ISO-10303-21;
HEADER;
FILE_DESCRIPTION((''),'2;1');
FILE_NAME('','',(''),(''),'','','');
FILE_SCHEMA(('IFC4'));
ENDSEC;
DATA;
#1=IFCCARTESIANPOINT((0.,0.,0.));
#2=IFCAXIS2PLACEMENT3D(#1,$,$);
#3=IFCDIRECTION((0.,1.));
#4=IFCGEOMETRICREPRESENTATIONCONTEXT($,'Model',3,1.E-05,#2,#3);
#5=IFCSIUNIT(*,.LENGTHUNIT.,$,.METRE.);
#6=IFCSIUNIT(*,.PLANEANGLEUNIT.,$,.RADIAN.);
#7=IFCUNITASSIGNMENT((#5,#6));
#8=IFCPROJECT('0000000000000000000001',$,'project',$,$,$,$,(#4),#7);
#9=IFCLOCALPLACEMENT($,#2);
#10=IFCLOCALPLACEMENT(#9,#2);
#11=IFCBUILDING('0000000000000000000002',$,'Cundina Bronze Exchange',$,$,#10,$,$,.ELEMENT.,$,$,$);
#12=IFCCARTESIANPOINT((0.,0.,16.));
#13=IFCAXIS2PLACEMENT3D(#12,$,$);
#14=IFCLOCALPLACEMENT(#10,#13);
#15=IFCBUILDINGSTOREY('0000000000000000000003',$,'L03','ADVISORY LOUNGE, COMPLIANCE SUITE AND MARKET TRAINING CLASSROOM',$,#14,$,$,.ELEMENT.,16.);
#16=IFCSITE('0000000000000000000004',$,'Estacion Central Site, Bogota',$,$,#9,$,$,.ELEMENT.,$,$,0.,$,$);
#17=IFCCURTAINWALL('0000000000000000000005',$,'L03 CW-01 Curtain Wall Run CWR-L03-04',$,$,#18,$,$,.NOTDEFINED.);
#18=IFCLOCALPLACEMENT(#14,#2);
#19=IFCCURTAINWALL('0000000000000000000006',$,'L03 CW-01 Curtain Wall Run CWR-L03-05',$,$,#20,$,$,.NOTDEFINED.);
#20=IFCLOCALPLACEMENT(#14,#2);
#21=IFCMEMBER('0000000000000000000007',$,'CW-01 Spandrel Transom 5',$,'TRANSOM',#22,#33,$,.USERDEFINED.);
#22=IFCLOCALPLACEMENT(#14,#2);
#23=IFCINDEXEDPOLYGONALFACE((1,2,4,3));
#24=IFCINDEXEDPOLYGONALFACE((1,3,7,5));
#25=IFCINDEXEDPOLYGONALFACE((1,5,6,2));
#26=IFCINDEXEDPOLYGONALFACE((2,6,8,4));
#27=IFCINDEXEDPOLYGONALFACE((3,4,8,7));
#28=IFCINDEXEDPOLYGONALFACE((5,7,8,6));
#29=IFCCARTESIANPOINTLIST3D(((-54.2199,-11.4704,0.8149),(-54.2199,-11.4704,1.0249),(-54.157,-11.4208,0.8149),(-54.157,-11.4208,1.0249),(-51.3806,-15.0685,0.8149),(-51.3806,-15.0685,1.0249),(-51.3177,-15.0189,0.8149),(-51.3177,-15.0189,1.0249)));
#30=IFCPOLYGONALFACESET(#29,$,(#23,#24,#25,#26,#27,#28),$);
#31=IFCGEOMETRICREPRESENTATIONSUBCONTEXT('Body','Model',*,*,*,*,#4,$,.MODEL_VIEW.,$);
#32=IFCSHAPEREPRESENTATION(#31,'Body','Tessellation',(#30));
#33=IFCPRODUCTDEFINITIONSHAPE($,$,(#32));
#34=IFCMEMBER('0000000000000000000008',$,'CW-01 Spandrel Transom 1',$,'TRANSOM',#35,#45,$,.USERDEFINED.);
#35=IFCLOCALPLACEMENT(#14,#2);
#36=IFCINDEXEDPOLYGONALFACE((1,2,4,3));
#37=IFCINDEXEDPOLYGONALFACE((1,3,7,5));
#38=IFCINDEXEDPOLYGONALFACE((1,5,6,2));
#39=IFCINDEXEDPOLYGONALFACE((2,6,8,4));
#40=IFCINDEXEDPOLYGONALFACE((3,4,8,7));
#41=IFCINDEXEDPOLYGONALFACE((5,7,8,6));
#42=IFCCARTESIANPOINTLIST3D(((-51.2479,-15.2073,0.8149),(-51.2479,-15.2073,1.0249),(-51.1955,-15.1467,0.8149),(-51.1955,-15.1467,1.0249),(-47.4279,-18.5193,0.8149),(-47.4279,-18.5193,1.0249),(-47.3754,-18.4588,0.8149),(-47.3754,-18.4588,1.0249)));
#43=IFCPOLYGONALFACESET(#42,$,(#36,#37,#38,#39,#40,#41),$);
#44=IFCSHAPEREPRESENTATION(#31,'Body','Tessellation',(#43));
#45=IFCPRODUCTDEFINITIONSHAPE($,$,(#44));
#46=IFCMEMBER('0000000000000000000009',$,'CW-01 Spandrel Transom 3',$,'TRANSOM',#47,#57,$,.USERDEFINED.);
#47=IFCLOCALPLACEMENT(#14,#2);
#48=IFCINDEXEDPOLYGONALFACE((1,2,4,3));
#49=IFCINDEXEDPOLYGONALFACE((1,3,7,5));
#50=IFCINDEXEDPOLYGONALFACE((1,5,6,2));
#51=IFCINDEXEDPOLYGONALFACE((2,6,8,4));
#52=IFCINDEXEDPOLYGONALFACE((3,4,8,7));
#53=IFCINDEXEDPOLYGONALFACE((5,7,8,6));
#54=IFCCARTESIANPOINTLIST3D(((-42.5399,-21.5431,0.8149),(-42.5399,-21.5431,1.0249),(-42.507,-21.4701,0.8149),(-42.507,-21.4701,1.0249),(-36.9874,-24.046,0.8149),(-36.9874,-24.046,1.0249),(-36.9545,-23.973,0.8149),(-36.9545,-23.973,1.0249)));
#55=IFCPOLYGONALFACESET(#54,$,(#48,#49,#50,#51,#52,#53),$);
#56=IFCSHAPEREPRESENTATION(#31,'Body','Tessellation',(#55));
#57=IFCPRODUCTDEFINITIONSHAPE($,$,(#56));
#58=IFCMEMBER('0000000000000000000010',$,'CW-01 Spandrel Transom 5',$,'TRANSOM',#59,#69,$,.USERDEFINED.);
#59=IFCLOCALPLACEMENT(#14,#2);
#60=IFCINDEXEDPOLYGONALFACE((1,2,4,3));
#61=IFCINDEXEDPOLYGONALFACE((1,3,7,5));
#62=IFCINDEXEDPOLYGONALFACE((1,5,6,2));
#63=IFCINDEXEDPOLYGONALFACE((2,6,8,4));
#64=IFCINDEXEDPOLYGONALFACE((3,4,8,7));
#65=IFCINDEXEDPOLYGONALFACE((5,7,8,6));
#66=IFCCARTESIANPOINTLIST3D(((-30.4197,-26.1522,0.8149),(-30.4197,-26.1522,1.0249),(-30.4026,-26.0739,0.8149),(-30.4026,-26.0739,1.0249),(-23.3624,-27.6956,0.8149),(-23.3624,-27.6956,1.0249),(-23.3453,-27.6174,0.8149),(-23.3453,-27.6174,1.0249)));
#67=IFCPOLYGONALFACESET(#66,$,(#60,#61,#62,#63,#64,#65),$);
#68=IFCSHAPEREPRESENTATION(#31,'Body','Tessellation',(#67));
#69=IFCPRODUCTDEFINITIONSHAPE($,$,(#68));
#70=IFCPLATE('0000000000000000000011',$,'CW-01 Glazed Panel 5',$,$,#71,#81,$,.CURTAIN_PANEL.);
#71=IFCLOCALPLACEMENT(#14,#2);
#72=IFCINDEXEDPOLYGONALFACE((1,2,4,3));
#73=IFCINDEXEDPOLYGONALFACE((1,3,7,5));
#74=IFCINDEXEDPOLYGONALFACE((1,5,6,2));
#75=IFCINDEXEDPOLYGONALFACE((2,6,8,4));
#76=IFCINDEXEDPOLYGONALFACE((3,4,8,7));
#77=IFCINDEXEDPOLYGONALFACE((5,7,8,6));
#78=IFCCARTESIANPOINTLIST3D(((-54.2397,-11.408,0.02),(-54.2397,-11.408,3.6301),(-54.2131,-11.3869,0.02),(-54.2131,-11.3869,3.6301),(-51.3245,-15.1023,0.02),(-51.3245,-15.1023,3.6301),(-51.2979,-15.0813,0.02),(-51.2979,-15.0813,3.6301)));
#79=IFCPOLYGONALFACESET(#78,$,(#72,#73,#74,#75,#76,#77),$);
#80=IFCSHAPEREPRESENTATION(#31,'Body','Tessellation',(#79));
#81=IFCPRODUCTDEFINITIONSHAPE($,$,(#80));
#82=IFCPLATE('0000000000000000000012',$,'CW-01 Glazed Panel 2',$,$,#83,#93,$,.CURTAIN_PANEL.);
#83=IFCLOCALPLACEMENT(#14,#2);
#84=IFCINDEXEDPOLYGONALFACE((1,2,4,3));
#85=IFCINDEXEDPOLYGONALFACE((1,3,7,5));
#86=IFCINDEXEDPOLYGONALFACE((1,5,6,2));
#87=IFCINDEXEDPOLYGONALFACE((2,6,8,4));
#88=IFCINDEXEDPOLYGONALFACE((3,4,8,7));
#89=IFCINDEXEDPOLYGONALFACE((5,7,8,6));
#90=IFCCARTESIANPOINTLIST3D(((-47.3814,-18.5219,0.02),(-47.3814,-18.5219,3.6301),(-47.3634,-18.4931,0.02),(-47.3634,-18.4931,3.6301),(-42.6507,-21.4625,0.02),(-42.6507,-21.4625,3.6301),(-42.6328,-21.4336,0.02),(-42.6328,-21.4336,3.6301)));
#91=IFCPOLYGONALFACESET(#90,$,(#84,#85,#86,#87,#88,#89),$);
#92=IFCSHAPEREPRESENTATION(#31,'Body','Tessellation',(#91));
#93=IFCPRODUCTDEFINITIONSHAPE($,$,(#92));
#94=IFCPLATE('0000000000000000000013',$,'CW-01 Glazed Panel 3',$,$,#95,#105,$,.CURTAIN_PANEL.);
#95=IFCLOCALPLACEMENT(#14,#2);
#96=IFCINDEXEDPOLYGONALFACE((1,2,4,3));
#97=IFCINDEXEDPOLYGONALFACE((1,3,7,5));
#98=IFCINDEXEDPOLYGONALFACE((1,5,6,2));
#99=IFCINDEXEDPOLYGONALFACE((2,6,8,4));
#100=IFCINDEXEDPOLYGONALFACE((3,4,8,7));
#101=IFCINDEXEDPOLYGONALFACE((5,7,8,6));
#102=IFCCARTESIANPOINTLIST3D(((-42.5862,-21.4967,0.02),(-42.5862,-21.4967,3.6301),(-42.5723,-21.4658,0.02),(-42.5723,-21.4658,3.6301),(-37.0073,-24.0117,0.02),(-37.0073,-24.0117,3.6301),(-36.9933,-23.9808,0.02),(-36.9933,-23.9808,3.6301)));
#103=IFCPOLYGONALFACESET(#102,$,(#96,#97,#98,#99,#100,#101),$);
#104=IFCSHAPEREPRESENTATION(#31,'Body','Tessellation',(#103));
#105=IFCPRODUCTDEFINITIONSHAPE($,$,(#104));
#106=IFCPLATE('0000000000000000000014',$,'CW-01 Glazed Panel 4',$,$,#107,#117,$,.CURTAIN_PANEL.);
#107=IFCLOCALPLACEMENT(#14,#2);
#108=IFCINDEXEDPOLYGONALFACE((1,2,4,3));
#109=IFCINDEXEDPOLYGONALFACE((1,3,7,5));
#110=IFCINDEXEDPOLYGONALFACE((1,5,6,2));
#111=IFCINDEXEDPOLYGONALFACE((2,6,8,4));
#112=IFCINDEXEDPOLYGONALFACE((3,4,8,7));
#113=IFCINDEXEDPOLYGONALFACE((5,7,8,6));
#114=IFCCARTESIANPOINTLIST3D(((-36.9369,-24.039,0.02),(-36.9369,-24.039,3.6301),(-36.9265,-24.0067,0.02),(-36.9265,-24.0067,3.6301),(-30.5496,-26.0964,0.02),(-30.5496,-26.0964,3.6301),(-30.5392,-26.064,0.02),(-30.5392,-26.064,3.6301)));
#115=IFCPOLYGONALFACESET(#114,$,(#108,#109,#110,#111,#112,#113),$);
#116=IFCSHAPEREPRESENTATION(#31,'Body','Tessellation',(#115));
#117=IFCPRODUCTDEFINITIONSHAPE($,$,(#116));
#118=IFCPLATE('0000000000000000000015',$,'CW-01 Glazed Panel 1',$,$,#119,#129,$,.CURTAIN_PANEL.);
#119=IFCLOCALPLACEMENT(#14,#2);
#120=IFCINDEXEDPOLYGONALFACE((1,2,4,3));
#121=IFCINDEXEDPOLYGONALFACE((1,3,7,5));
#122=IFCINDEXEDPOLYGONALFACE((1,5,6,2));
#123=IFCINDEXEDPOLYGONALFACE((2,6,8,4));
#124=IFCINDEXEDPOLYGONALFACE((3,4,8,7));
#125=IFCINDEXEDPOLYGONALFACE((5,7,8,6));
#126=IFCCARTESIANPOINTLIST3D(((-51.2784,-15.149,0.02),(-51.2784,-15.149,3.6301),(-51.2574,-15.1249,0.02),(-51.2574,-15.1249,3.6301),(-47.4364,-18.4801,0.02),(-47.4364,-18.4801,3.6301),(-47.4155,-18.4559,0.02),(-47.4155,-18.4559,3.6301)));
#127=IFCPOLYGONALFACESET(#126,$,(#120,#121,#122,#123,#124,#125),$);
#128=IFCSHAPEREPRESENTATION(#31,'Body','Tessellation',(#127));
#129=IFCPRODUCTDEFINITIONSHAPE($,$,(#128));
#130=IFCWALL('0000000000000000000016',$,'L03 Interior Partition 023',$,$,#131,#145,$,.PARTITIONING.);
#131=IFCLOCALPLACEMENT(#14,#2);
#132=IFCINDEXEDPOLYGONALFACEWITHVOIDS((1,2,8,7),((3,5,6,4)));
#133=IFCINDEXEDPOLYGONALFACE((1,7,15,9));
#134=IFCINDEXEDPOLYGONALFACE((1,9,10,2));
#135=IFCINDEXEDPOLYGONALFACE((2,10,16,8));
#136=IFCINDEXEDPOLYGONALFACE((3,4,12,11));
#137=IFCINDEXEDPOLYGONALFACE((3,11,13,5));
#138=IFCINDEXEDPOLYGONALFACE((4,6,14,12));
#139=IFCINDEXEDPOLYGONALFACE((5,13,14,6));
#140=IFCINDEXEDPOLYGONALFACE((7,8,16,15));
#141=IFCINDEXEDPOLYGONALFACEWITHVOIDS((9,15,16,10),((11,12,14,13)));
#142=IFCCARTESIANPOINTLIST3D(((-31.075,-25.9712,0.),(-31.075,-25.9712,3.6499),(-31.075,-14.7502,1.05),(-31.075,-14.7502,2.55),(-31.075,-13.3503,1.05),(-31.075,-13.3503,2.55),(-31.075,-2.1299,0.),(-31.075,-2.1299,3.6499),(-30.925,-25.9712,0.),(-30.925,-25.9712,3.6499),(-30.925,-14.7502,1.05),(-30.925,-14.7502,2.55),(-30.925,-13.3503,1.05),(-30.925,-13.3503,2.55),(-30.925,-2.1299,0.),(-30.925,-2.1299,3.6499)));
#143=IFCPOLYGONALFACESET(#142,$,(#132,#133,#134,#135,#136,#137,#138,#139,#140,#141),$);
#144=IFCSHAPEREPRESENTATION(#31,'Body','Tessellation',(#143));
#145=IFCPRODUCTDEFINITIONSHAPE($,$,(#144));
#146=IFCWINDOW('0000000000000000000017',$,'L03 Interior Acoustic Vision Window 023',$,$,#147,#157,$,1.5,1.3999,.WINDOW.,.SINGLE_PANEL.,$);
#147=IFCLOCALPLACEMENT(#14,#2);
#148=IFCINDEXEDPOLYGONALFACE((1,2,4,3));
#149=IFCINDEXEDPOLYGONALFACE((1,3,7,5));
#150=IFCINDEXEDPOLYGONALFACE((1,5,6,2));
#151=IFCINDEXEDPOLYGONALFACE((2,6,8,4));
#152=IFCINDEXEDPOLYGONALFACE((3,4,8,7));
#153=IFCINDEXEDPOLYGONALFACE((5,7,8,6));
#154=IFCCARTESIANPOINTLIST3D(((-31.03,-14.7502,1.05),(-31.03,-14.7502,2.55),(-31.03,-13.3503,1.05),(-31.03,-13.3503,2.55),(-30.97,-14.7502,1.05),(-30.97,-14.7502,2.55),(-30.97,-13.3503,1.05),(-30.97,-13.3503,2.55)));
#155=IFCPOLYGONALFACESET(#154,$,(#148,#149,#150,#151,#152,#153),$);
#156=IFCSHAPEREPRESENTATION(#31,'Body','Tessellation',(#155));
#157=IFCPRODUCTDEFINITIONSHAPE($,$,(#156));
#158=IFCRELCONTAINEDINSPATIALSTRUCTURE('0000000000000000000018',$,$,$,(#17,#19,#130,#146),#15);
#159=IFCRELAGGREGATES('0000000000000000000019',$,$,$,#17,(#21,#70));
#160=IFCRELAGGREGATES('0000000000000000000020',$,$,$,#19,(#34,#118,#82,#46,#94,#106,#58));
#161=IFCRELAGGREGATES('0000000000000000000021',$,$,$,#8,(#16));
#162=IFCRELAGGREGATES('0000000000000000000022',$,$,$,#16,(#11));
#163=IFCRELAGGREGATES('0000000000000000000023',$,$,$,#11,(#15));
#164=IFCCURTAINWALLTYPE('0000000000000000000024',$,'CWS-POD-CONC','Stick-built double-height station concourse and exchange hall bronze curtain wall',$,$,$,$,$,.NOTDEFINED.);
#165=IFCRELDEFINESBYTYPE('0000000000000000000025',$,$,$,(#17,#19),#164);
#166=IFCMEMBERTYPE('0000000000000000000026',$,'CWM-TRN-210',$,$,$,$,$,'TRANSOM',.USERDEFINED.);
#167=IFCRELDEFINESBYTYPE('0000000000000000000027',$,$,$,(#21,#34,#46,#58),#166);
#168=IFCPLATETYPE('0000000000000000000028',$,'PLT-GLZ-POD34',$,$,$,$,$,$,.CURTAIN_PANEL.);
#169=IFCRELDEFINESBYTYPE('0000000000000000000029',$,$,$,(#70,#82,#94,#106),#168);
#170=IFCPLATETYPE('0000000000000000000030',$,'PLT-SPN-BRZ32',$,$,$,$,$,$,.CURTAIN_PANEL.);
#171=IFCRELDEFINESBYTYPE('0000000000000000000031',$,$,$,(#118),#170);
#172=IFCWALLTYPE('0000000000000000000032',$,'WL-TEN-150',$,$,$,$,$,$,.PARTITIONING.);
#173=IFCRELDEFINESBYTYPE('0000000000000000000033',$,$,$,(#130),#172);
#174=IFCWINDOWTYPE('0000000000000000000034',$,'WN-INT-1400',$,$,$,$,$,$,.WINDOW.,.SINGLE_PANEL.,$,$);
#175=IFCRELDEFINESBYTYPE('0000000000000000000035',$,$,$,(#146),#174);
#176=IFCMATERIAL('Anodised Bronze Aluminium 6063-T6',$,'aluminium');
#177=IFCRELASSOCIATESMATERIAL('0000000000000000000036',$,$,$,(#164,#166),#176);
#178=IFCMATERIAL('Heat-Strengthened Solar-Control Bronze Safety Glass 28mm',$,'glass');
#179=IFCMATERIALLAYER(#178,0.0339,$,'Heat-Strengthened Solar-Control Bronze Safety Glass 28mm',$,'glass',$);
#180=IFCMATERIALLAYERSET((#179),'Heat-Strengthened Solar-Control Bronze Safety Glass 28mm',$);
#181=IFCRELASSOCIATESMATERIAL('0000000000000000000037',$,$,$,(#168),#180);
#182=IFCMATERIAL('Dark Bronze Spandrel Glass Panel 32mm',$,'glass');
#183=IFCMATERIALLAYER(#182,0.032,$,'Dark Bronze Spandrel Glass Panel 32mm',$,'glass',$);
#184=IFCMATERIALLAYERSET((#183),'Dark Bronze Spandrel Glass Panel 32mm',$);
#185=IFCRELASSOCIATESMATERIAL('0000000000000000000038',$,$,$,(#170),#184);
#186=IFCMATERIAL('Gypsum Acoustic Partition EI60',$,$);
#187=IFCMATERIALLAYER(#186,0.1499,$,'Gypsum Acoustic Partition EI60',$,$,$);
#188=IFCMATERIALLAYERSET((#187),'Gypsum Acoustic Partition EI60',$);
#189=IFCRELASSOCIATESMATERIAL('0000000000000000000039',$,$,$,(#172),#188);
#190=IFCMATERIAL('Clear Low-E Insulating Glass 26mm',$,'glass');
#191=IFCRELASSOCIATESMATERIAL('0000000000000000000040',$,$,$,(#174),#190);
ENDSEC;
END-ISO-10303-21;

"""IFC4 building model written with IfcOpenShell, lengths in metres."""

from ifc_helpers import new_model, si_unit, direction, frame, frame_2d, origin, origin_2d, place, context, subcontext, project, spatial, rectangle, extrude, material, layer, layer_set, material_profile, profile_set, type_object, element, fill, aggregate, save


model = new_model("IFC4")

# Units and contexts
model_context = context("Model", 3, precision=1e-05, world=origin(), true_north=direction((0.0, 1.0)))
body_context = subcontext(model_context, "Body", "Model", "MODEL_VIEW")
ifc_project = project(units=[si_unit("LENGTHUNIT", "METRE"), si_unit("PLANEANGLEUNIT", "RADIAN")], contexts=[model_context])

# Site, building, storey
site_placement = place(None, origin())
site = spatial("IfcSite", under=ifc_project, at=site_placement, Name="Estacion Central Site, Bogota", CompositionType="ELEMENT", RefElevation=0.0)
building_placement = place(site_placement, origin())
building = spatial("IfcBuilding", under=site, at=building_placement, Name="Cundina Bronze Exchange", CompositionType="ELEMENT")
storey_placement = place(building_placement, frame((0.0, 0.0, 16.0)))
storey = spatial("IfcBuildingStorey", under=building, at=storey_placement, Name="L03", Description="ADVISORY LOUNGE, COMPLIANCE SUITE AND MARKET TRAINING CLASSROOM", CompositionType="ELEMENT", Elevation=16.0)

# Curtain walls
ifc_material_1 = material(Name="Anodised Bronze Aluminium 6063-T6", Category="aluminium")
curtain_wall_type = type_object("IfcCurtainWallType", Name="CWS-POD-CONC", Description="Stick-built double-height station concourse and exchange hall bronze curtain wall", PredefinedType="NOTDEFINED", material=ifc_material_1)
curtain_wall_1_placement = place(storey_placement, origin())
curtain_wall_1 = element("IfcCurtainWall", 1, at=curtain_wall_1_placement, inside=storey, type_object=curtain_wall_type, Name="L03 CW-01 Curtain Wall Run CWR-L03-04", PredefinedType="NOTDEFINED")
curtain_wall_2_placement = place(storey_placement, origin())
curtain_wall_2 = element("IfcCurtainWall", 2, at=curtain_wall_2_placement, inside=storey, type_object=curtain_wall_type, Name="L03 CW-01 Curtain Wall Run CWR-L03-05", PredefinedType="NOTDEFINED")

# Members
ifc_material_profile_1 = material_profile(ifc_material_1, rectangle(XDim=0.0801, YDim=0.21, at=origin_2d()), Name="AL80X210", Category="aluminium")
ifc_profile_set_1 = profile_set([ifc_material_profile_1], Name="Anodised Bronze Aluminium 6063-T6")
member_type_1 = type_object("IfcMemberType", Name="CWM-TRN-210", ElementType="TRANSOM", PredefinedType="USERDEFINED", material=ifc_profile_set_1)
member_1_placement = place(storey_placement, frame((-54.1885, -11.4456, 0.9199), z_axis=(0.619472, -0.785019, 0.0), x_axis=(0.785019, 0.619472, 0.0)))
member_1 = element("IfcMember", 3, at=member_1_placement, type_object=member_type_1, Name="CW-01 Spandrel Transom 5", ObjectType="TRANSOM", PredefinedType="USERDEFINED", context=body_context, shape_type="SweptSolid", body=[
    extrude(rectangle(XDim=0.0801, YDim=0.21, at=origin_2d()), origin(), (0.0, 0.0, 1.0), 4.5835),
])
member_2_placement = place(storey_placement, frame((-51.2217, -15.177, 0.9199), z_axis=(0.755563, -0.655076, 0.0), x_axis=(0.655076, 0.755563, 0.0)))
member_2 = element("IfcMember", 4, at=member_2_placement, type_object=member_type_1, Name="CW-01 Spandrel Transom 1", ObjectType="TRANSOM", PredefinedType="USERDEFINED", context=body_context, shape_type="SweptSolid", body=[
    extrude(rectangle(XDim=0.0801, YDim=0.21, at=origin_2d()), origin(), (0.0, 0.0, 1.0), 5.0559),
])
member_3_placement = place(storey_placement, frame((-42.5234, -21.5066, 0.9199), z_axis=(0.911657, -0.410953, 0.0), x_axis=(0.410953, 0.911657, 0.0)))
member_3 = element("IfcMember", 5, at=member_3_placement, type_object=member_type_1, Name="CW-01 Spandrel Transom 3", ObjectType="TRANSOM", PredefinedType="USERDEFINED", context=body_context, shape_type="SweptSolid", body=[
    extrude(rectangle(XDim=0.0801, YDim=0.21, at=origin_2d()), origin(), (0.0, 0.0, 1.0), 6.0906),
])
member_4_placement = place(storey_placement, frame((-30.4111, -26.113, 0.9199), z_axis=(0.97691, -0.213652, 0.0), x_axis=(0.213652, 0.97691, 0.0)))
member_4 = element("IfcMember", 6, at=member_4_placement, type_object=member_type_1, Name="CW-01 Spandrel Transom 5", ObjectType="TRANSOM", PredefinedType="USERDEFINED", context=body_context, shape_type="SweptSolid", body=[
    extrude(rectangle(XDim=0.0801, YDim=0.21, at=origin_2d()), origin(), (0.0, 0.0, 1.0), 7.2241),
])

# Plates
ifc_material_2 = material(Name="Heat-Strengthened Solar-Control Bronze Safety Glass 28mm", Category="glass")
ifc_layer_1 = layer(ifc_material_2, 0.0339, Name="Heat-Strengthened Solar-Control Bronze Safety Glass 28mm", Category="glass")
ifc_layer_set_1 = layer_set([ifc_layer_1], Name="Heat-Strengthened Solar-Control Bronze Safety Glass 28mm")
plate_type_1 = type_object("IfcPlateType", Name="PLT-GLZ-POD34", PredefinedType="CURTAIN_PANEL", material=ifc_layer_set_1)
plate_1_placement = place(storey_placement, frame((-52.7688, -13.2446, 0.02), z_axis=(0.0, 0.0, 1.0), x_axis=(0.619464, -0.785025, 0.0)))
plate_1 = element("IfcPlate", 7, at=plate_1_placement, type_object=plate_type_1, Name="CW-01 Glazed Panel 5", PredefinedType="CURTAIN_PANEL", context=body_context, shape_type="SweptSolid", body=[
    extrude(rectangle(XDim=4.7061, YDim=0.0339, at=origin_2d()), origin(), (0.0, 0.0, 1.0), 3.6101),
])
aggregate(curtain_wall_1, [member_1, plate_1])
plate_2_placement = place(storey_placement, frame((-45.0071, -19.9778, 0.02), z_axis=(0.0, 0.0, 1.0), x_axis=(0.849294, -0.52792, 0.0)))
plate_2 = element("IfcPlate", 8, at=plate_2_placement, type_object=plate_type_1, Name="CW-01 Glazed Panel 2", PredefinedType="CURTAIN_PANEL", context=body_context, shape_type="SweptSolid", body=[
    extrude(rectangle(XDim=5.5701, YDim=0.0339, at=origin_2d()), origin(), (0.0, 0.0, 1.0), 3.6101),
])
plate_3_placement = place(storey_placement, frame((-39.7898, -22.7388, 0.02), z_axis=(0.0, 0.0, 1.0), x_axis=(0.911647, -0.410973, 0.0)))
plate_3 = element("IfcPlate", 9, at=plate_3_placement, type_object=plate_type_1, Name="CW-01 Glazed Panel 3", PredefinedType="CURTAIN_PANEL", context=body_context, shape_type="SweptSolid", body=[
    extrude(rectangle(XDim=6.1196, YDim=0.0339, at=origin_2d()), origin(), (0.0, 0.0, 1.0), 3.6101),
])
plate_4_placement = place(storey_placement, frame((-33.738, -25.0515, 0.02), z_axis=(0.0, 0.0, 1.0), x_axis=(0.951841, -0.306593, 0.0)))
plate_4 = element("IfcPlate", 10, at=plate_4_placement, type_object=plate_type_1, Name="CW-01 Glazed Panel 4", PredefinedType="CURTAIN_PANEL", context=body_context, shape_type="SweptSolid", body=[
    extrude(rectangle(XDim=6.7104, YDim=0.0339, at=origin_2d()), origin(), (0.0, 0.0, 1.0), 3.6101),
])
ifc_material_3 = material(Name="Dark Bronze Spandrel Glass Panel 32mm", Category="glass")
ifc_layer_2 = layer(ifc_material_3, 0.032, Name="Dark Bronze Spandrel Glass Panel 32mm", Category="glass")
ifc_layer_set_2 = layer_set([ifc_layer_2], Name="Dark Bronze Spandrel Glass Panel 32mm")
plate_type_2 = type_object("IfcPlateType", Name="PLT-SPN-BRZ32", PredefinedType="CURTAIN_PANEL", material=ifc_layer_set_2)
plate_5_placement = place(storey_placement, frame((-49.3469, -16.8025, 0.02), z_axis=(0.0, 0.0, 1.0), x_axis=(0.755556, -0.655084, 0.0)))
plate_5 = element("IfcPlate", 11, at=plate_5_placement, type_object=plate_type_2, Name="CW-01 Glazed Panel 1", PredefinedType="CURTAIN_PANEL", context=body_context, shape_type="SweptSolid", body=[
    extrude(rectangle(XDim=5.085, YDim=0.032, at=origin_2d()), origin(), (0.0, 0.0, 1.0), 3.6101),
])
aggregate(curtain_wall_2, [member_2, plate_5, plate_2, member_3, plate_3, plate_4, member_4])

# Wall, opening, window
ifc_material_4 = material(Name="Gypsum Acoustic Partition EI60")
ifc_layer_3 = layer(ifc_material_4, 0.1499, Name="Gypsum Acoustic Partition EI60")
ifc_layer_set_3 = layer_set([ifc_layer_3], Name="Gypsum Acoustic Partition EI60")
wall_type = type_object("IfcWallType", Name="WL-TEN-150", PredefinedType="PARTITIONING", material=ifc_layer_set_3)
wall_placement = place(storey_placement, frame((-31.0, -25.9712, 0.0), z_axis=(0.0, 0.0, 1.0), x_axis=(0.0, 1.0, 0.0)))
wall = element("IfcWall", 12, at=wall_placement, inside=storey, type_object=wall_type, Name="L03 Interior Partition 023", PredefinedType="PARTITIONING", context=body_context, shape_type="SweptSolid", body=[
    extrude(rectangle(XDim=23.8413, YDim=0.1499, at=frame_2d((11.9207, 0.0))), origin(), (0.0, 0.0, 1.0), 3.6499),
])
opening_placement = place(wall_placement, frame((11.2209, 0.0, 1.05)))
opening = element("IfcOpeningElement", 13, at=opening_placement, cuts=wall, PredefinedType="OPENING", context=body_context, shape_type="SweptSolid", body=[
    extrude(rectangle(XDim=1.3999, YDim=1.5, at=frame_2d((0.7, 0.75))), frame((0.0, 0.085, 0.0), z_axis=(0.0, -1.0, 0.0), x_axis=(1.0, 0.0, 0.0)), (0.0, 0.0, 1.0), 0.1699),
])
ifc_material_5 = material(Name="Clear Low-E Insulating Glass 26mm", Category="glass")
window_type = type_object("IfcWindowType", Name="WN-INT-1400", PartitioningType="SINGLE_PANEL", PredefinedType="WINDOW", material=ifc_material_5)
window_placement = place(opening_placement, origin())
window = element("IfcWindow", 14, at=window_placement, inside=storey, type_object=window_type, Name="L03 Interior Acoustic Vision Window 023", OverallHeight=1.5, OverallWidth=1.3999, PartitioningType="SINGLE_PANEL", PredefinedType="WINDOW", context=body_context, shape_type="SweptSolid", body=[
    extrude(rectangle(XDim=1.3999, YDim=1.5, at=frame_2d((0.7, 0.75))), frame((0.0, 0.03, 0.0), z_axis=(0.0, -1.0, 0.0), x_axis=(1.0, 0.0, 0.0)), (0.0, 0.0, 1.0), 0.0601),
])
fill(opening, window)

save(model, "model.ifc")
